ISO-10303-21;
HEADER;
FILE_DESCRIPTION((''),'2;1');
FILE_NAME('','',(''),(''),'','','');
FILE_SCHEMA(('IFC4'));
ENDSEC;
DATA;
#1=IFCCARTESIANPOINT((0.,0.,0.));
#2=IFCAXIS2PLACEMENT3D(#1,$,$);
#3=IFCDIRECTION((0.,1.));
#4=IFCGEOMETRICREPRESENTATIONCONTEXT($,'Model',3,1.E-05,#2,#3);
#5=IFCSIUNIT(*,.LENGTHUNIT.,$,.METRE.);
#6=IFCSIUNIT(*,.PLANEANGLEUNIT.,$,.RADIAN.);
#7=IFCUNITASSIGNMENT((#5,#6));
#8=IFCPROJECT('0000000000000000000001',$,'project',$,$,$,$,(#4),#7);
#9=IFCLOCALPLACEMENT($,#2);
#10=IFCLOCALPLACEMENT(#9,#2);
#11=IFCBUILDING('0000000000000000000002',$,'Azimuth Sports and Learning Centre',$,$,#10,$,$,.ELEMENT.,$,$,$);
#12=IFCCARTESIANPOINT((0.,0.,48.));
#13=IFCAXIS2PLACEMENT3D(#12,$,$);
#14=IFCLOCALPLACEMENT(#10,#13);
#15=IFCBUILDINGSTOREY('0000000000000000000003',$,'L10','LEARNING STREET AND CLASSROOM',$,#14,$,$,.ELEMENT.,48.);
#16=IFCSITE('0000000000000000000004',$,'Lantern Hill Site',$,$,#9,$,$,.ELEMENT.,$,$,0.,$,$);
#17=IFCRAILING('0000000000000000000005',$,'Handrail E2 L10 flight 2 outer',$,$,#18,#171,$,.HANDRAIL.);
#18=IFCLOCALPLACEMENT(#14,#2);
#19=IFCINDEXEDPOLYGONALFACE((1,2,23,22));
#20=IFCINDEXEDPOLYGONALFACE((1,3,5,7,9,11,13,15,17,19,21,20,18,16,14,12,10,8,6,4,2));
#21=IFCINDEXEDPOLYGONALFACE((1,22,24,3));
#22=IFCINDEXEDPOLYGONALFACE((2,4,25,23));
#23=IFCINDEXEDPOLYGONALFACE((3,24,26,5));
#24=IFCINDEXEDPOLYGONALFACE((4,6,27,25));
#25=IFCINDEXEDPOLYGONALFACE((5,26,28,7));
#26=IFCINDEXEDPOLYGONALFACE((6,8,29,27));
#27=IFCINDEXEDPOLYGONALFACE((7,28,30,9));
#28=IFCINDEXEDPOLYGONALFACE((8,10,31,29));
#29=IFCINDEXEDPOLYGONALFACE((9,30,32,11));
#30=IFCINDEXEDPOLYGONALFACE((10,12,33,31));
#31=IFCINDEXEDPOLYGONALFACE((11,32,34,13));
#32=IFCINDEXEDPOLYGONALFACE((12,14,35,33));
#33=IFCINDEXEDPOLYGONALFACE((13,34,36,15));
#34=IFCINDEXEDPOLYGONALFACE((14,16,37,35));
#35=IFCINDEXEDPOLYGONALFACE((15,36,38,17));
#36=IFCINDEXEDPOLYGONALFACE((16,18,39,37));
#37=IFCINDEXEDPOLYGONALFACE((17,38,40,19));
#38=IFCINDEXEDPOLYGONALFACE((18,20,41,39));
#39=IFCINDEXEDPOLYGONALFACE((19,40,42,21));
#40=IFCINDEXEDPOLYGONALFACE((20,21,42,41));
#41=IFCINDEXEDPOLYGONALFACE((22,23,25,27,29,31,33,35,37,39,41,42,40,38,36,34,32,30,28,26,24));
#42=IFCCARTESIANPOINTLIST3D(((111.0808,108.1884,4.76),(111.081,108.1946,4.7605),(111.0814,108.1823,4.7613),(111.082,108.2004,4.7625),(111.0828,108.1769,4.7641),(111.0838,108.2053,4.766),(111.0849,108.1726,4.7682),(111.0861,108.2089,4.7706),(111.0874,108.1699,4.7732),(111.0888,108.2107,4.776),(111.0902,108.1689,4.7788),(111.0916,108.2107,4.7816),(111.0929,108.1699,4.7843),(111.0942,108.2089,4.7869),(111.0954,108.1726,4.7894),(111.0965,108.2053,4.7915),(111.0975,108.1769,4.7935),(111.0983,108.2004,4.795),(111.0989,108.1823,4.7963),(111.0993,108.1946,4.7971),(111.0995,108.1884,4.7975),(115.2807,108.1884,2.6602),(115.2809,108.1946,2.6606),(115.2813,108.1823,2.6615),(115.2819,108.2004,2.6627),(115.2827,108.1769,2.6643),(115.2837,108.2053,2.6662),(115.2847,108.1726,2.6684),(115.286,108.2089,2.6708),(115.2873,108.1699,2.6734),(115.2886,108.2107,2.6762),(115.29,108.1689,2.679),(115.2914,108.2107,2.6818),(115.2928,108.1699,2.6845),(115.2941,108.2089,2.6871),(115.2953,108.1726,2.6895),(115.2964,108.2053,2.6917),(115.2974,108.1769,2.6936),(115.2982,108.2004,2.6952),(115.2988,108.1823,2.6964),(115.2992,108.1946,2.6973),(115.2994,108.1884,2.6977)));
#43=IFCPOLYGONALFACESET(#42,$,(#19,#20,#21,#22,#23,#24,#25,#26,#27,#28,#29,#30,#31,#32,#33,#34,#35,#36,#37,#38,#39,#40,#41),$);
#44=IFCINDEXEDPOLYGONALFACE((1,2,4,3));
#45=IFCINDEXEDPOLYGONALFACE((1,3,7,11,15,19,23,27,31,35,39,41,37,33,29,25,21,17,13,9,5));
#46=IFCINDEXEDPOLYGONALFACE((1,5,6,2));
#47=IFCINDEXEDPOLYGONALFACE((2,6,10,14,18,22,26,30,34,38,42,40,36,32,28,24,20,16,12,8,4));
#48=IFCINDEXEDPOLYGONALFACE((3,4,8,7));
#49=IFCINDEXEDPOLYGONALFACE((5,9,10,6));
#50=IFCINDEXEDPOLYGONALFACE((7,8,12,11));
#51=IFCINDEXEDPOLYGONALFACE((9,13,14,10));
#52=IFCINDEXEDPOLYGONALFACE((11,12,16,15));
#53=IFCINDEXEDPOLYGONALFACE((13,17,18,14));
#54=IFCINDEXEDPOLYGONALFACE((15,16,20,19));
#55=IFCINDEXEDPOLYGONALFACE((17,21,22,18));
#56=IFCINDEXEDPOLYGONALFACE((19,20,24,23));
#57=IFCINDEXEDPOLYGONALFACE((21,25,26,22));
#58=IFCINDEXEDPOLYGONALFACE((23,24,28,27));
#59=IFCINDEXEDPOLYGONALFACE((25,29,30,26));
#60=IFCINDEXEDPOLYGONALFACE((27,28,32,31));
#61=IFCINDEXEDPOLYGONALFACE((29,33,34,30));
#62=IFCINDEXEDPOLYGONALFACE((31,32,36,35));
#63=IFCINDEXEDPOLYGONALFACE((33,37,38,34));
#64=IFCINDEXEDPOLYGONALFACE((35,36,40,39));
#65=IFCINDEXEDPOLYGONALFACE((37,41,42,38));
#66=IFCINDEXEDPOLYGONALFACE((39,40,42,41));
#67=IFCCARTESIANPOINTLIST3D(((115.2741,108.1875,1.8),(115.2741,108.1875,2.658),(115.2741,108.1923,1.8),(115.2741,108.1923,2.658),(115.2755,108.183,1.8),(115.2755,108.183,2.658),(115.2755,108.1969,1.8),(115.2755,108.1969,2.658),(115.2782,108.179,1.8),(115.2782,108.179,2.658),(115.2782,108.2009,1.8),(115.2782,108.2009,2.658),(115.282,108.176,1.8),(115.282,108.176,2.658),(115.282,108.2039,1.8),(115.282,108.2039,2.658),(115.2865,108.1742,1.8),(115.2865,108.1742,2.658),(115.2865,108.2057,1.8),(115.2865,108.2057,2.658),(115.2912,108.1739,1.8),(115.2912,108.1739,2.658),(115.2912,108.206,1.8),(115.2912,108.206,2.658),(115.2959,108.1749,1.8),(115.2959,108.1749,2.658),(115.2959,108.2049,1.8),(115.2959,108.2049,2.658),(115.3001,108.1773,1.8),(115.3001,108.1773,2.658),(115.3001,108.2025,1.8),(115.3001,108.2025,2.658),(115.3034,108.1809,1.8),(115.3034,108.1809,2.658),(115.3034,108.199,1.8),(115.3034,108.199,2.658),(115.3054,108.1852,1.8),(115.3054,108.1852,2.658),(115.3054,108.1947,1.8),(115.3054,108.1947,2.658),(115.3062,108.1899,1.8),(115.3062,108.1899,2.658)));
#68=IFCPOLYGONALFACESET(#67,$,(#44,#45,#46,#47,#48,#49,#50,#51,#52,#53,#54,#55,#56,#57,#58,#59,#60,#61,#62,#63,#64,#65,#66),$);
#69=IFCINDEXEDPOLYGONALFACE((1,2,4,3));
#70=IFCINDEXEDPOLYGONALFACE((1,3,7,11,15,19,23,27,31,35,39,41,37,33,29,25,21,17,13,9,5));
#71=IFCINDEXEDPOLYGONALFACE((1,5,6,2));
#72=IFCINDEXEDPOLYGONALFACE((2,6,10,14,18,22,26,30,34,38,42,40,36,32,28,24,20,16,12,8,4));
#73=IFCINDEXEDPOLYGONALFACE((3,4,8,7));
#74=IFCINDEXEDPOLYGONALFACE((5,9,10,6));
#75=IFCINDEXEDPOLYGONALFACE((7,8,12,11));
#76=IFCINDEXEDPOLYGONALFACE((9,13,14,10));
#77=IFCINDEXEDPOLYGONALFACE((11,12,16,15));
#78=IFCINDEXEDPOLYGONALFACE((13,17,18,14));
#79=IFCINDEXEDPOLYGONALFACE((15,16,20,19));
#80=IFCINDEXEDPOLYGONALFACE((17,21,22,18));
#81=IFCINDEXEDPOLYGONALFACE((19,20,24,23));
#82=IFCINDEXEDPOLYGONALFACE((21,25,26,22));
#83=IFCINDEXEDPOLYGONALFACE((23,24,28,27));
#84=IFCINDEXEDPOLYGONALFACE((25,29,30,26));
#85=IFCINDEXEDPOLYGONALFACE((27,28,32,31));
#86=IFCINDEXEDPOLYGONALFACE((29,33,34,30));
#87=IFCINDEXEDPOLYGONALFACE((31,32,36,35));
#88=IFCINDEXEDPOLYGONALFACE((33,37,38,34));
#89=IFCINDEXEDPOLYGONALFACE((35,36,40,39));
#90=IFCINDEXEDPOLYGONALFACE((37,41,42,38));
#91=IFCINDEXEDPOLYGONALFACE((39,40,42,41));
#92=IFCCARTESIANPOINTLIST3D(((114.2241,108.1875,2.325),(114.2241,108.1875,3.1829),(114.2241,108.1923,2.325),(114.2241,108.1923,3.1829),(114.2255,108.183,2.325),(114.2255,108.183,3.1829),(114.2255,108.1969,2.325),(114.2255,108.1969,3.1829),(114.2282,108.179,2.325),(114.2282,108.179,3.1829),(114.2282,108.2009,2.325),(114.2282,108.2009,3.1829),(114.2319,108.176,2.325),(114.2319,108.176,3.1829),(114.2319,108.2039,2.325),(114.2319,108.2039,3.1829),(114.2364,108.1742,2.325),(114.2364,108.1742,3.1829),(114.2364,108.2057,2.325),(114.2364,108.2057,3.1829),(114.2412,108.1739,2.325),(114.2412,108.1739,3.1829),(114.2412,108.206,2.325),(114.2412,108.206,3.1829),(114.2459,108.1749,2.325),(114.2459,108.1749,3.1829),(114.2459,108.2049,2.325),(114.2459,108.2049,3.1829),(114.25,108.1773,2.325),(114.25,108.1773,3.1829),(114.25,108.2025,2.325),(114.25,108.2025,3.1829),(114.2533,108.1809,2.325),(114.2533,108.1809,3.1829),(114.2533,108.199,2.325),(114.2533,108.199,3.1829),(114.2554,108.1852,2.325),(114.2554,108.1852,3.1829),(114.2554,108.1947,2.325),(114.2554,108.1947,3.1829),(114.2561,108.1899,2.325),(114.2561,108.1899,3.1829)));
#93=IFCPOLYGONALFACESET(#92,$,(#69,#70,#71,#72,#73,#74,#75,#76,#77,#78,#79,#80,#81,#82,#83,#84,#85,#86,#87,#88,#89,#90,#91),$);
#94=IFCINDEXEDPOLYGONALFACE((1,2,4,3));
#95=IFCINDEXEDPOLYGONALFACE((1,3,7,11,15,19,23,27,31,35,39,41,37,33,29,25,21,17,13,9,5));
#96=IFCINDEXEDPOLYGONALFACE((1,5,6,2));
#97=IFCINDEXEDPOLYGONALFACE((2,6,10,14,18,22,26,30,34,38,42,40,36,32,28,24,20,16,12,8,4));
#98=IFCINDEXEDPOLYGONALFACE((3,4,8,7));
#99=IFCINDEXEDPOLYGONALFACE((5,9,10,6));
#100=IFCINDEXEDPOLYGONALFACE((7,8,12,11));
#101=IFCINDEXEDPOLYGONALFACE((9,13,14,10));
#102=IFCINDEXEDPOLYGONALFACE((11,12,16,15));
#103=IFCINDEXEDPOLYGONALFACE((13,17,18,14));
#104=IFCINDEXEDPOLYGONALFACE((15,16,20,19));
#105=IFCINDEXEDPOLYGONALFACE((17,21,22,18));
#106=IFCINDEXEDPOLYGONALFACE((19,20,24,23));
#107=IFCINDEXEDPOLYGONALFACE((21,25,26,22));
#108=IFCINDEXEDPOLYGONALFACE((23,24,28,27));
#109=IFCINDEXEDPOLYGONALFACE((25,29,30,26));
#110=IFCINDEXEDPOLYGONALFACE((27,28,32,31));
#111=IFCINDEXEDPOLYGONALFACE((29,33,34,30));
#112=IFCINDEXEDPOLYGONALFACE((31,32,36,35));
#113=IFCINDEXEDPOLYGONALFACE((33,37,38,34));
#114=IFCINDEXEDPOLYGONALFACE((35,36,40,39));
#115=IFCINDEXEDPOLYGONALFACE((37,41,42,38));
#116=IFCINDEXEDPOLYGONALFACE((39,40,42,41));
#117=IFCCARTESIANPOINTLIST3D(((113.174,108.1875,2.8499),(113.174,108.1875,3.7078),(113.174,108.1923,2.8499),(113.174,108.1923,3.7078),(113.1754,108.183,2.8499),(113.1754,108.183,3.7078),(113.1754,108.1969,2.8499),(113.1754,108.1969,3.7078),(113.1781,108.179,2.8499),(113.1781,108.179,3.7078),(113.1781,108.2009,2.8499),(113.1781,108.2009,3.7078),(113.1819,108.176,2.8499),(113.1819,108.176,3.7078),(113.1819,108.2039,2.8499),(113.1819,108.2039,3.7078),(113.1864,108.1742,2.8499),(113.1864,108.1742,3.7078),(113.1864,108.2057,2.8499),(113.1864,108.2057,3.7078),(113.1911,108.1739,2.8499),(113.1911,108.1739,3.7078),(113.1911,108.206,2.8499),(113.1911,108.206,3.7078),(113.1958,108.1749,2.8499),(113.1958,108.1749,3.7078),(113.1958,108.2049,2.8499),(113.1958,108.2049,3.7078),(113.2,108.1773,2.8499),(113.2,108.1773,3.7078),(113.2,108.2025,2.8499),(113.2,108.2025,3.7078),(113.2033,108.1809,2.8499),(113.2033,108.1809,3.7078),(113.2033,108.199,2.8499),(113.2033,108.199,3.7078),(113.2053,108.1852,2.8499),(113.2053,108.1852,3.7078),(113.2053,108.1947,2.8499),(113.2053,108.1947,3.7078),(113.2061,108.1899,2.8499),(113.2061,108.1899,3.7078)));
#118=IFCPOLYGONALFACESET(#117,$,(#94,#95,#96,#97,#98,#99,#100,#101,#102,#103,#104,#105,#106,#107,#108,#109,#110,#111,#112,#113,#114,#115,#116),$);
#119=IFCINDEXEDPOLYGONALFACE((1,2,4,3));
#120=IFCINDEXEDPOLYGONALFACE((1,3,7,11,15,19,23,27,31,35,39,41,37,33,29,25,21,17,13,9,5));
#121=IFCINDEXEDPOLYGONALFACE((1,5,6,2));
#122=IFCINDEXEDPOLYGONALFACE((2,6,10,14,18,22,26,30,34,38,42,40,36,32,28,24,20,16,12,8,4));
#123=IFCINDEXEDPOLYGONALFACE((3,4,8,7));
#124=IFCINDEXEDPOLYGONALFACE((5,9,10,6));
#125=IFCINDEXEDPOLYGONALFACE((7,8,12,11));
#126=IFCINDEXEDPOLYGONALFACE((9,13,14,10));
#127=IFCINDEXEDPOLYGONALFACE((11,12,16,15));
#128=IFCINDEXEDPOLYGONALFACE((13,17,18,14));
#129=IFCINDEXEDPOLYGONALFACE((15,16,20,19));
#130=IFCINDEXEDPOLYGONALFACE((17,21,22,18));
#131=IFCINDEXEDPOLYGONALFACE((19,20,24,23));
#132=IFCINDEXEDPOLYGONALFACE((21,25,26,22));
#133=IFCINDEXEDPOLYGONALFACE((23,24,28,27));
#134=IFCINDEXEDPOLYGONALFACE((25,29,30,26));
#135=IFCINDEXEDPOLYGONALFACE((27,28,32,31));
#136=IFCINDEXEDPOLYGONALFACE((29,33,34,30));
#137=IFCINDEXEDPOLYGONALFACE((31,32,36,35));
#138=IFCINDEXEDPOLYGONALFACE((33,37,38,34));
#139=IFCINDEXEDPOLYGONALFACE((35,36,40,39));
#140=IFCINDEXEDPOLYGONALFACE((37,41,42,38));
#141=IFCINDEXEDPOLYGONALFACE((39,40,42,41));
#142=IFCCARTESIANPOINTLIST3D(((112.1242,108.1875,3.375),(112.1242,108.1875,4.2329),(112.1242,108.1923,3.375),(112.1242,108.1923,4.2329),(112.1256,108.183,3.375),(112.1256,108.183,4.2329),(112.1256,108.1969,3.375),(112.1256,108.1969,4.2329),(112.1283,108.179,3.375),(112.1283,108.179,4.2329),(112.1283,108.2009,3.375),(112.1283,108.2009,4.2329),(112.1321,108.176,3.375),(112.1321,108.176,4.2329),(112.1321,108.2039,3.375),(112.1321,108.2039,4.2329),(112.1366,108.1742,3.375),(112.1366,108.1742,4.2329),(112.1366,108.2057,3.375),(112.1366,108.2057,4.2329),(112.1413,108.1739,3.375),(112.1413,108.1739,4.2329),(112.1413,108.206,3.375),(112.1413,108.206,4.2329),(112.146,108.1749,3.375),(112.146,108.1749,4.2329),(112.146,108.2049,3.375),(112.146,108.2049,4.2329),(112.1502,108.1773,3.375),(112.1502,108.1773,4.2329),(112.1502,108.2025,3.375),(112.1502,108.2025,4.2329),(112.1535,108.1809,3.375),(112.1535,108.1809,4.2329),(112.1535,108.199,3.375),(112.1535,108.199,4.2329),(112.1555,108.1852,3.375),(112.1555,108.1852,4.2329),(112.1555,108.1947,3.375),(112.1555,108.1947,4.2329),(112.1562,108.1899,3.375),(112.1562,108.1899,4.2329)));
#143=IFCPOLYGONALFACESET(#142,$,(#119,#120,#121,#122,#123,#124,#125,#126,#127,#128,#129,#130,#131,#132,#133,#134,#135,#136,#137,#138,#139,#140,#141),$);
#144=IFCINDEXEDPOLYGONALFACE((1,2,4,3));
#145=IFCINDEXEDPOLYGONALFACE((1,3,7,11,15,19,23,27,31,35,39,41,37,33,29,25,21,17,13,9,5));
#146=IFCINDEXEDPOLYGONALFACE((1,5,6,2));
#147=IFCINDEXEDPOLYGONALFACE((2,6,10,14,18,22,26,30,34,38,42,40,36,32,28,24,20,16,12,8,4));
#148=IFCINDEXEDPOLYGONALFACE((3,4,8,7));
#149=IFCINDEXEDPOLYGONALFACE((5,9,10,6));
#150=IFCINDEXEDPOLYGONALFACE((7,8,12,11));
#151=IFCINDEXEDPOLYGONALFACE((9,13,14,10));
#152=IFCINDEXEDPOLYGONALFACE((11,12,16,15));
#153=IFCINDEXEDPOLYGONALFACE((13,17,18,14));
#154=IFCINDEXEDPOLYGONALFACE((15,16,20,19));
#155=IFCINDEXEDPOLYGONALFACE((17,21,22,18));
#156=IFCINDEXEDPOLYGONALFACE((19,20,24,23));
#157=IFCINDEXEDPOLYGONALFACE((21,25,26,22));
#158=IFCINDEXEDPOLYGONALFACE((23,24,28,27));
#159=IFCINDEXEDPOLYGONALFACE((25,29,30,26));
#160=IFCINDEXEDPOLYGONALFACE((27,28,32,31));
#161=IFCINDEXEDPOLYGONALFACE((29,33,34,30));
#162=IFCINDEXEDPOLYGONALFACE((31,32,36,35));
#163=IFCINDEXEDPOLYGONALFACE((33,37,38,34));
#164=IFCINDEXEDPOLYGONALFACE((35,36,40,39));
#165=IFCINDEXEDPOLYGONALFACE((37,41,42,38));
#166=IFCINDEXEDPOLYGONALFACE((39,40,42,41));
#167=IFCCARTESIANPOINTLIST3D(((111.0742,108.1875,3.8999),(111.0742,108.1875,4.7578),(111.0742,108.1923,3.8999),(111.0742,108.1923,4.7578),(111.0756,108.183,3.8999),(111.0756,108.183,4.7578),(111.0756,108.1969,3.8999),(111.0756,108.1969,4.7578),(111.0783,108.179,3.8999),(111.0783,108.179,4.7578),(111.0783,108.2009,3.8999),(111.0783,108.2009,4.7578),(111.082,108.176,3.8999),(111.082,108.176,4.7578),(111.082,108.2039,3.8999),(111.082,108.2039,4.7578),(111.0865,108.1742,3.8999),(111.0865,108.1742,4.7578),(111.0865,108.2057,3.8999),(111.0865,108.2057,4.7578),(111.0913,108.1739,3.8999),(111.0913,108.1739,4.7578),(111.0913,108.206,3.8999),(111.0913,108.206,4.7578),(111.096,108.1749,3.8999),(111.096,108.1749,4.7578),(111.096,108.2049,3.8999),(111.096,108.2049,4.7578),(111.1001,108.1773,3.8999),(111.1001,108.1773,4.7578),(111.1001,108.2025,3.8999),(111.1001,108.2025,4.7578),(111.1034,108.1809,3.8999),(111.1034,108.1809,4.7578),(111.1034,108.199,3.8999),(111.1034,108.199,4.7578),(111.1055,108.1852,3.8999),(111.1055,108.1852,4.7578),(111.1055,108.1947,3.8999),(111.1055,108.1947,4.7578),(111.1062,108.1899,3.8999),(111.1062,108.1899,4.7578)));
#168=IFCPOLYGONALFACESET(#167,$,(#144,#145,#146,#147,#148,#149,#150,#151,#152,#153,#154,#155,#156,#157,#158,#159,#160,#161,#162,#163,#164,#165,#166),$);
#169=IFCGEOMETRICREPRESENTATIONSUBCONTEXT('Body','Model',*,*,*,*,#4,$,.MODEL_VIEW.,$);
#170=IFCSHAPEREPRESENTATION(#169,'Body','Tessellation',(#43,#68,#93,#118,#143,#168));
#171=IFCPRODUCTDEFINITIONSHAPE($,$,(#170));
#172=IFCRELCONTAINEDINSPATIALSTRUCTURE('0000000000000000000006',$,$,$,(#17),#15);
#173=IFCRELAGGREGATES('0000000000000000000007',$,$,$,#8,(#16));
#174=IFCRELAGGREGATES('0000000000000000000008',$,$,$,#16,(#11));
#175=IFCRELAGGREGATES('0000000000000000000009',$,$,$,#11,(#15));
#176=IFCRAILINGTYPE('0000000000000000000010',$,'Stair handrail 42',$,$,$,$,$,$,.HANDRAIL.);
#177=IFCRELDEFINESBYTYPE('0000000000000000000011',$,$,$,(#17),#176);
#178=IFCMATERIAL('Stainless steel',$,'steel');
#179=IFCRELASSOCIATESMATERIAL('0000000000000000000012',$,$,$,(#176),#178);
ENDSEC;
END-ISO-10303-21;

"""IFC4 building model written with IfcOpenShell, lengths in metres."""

from ifc_helpers import new_model, si_unit, direction, frame, origin, origin_2d, place, context, subcontext, project, spatial, circle, extrude, material, type_object, element, save


model = new_model("IFC4")

# Units and contexts
model_context = context("Model", 3, precision=1e-05, world=origin(), true_north=direction((0.0, 1.0)))
body_context = subcontext(model_context, "Body", "Model", "MODEL_VIEW")
ifc_project = project(units=[si_unit("LENGTHUNIT", "METRE"), si_unit("PLANEANGLEUNIT", "RADIAN")], contexts=[model_context])

# Site, building, storey
site_placement = place(None, origin())
site = spatial("IfcSite", under=ifc_project, at=site_placement, Name="Lantern Hill Site", CompositionType="ELEMENT", RefElevation=0.0)
building_placement = place(site_placement, origin())
building = spatial("IfcBuilding", under=site, at=building_placement, Name="Azimuth Sports and Learning Centre", CompositionType="ELEMENT")
storey_placement = place(building_placement, frame((0.0, 0.0, 48.0)))
storey = spatial("IfcBuildingStorey", under=building, at=storey_placement, Name="L10", Description="LEARNING STREET AND CLASSROOM", CompositionType="ELEMENT", Elevation=48.0)

# Railing
ifc_material_1 = material(Name="Stainless steel", Category="steel")
railing_type = type_object("IfcRailingType", Name="Stair handrail 42", PredefinedType="HANDRAIL", material=ifc_material_1)
for number, where, name in (
    (1, (115.29, 108.1899, 1.8), "Handrail E2 L10 flight 2 outer"),
):
    element("IfcRailing", number, at=place(storey_placement, frame(where)), inside=storey, type_object=railing_type, Name=name, PredefinedType="HANDRAIL", context=body_context, shape_type="SweptSolid", body=[
        extrude(circle(Radius=0.021, at=origin_2d()), frame((0.0, 0.0, 0.8789), z_axis=(-0.894438, 0.0, 0.447193), x_axis=(0.0, -1.0, 0.0)), (0.0, 0.0, 1.0), 4.6956),
        extrude(circle(Radius=0.0161, at=origin_2d()), origin(), (0.0, 0.0, 1.0), 0.8579),
        extrude(circle(Radius=0.0161, at=origin_2d()), frame((-1.05, 0.0, 0.5249)), (0.0, 0.0, 1.0), 0.8579),
        extrude(circle(Radius=0.0161, at=origin_2d()), frame((-2.1001, 0.0, 1.0498)), (0.0, 0.0, 1.0), 0.8579),
        extrude(circle(Radius=0.0161, at=origin_2d()), frame((-3.1499, 0.0, 1.575)), (0.0, 0.0, 1.0), 0.8579),
        extrude(circle(Radius=0.0161, at=origin_2d()), frame((-4.2, 0.0, 2.0999)), (0.0, 0.0, 1.0), 0.8579),
    ])

save(model, "model.ifc")
